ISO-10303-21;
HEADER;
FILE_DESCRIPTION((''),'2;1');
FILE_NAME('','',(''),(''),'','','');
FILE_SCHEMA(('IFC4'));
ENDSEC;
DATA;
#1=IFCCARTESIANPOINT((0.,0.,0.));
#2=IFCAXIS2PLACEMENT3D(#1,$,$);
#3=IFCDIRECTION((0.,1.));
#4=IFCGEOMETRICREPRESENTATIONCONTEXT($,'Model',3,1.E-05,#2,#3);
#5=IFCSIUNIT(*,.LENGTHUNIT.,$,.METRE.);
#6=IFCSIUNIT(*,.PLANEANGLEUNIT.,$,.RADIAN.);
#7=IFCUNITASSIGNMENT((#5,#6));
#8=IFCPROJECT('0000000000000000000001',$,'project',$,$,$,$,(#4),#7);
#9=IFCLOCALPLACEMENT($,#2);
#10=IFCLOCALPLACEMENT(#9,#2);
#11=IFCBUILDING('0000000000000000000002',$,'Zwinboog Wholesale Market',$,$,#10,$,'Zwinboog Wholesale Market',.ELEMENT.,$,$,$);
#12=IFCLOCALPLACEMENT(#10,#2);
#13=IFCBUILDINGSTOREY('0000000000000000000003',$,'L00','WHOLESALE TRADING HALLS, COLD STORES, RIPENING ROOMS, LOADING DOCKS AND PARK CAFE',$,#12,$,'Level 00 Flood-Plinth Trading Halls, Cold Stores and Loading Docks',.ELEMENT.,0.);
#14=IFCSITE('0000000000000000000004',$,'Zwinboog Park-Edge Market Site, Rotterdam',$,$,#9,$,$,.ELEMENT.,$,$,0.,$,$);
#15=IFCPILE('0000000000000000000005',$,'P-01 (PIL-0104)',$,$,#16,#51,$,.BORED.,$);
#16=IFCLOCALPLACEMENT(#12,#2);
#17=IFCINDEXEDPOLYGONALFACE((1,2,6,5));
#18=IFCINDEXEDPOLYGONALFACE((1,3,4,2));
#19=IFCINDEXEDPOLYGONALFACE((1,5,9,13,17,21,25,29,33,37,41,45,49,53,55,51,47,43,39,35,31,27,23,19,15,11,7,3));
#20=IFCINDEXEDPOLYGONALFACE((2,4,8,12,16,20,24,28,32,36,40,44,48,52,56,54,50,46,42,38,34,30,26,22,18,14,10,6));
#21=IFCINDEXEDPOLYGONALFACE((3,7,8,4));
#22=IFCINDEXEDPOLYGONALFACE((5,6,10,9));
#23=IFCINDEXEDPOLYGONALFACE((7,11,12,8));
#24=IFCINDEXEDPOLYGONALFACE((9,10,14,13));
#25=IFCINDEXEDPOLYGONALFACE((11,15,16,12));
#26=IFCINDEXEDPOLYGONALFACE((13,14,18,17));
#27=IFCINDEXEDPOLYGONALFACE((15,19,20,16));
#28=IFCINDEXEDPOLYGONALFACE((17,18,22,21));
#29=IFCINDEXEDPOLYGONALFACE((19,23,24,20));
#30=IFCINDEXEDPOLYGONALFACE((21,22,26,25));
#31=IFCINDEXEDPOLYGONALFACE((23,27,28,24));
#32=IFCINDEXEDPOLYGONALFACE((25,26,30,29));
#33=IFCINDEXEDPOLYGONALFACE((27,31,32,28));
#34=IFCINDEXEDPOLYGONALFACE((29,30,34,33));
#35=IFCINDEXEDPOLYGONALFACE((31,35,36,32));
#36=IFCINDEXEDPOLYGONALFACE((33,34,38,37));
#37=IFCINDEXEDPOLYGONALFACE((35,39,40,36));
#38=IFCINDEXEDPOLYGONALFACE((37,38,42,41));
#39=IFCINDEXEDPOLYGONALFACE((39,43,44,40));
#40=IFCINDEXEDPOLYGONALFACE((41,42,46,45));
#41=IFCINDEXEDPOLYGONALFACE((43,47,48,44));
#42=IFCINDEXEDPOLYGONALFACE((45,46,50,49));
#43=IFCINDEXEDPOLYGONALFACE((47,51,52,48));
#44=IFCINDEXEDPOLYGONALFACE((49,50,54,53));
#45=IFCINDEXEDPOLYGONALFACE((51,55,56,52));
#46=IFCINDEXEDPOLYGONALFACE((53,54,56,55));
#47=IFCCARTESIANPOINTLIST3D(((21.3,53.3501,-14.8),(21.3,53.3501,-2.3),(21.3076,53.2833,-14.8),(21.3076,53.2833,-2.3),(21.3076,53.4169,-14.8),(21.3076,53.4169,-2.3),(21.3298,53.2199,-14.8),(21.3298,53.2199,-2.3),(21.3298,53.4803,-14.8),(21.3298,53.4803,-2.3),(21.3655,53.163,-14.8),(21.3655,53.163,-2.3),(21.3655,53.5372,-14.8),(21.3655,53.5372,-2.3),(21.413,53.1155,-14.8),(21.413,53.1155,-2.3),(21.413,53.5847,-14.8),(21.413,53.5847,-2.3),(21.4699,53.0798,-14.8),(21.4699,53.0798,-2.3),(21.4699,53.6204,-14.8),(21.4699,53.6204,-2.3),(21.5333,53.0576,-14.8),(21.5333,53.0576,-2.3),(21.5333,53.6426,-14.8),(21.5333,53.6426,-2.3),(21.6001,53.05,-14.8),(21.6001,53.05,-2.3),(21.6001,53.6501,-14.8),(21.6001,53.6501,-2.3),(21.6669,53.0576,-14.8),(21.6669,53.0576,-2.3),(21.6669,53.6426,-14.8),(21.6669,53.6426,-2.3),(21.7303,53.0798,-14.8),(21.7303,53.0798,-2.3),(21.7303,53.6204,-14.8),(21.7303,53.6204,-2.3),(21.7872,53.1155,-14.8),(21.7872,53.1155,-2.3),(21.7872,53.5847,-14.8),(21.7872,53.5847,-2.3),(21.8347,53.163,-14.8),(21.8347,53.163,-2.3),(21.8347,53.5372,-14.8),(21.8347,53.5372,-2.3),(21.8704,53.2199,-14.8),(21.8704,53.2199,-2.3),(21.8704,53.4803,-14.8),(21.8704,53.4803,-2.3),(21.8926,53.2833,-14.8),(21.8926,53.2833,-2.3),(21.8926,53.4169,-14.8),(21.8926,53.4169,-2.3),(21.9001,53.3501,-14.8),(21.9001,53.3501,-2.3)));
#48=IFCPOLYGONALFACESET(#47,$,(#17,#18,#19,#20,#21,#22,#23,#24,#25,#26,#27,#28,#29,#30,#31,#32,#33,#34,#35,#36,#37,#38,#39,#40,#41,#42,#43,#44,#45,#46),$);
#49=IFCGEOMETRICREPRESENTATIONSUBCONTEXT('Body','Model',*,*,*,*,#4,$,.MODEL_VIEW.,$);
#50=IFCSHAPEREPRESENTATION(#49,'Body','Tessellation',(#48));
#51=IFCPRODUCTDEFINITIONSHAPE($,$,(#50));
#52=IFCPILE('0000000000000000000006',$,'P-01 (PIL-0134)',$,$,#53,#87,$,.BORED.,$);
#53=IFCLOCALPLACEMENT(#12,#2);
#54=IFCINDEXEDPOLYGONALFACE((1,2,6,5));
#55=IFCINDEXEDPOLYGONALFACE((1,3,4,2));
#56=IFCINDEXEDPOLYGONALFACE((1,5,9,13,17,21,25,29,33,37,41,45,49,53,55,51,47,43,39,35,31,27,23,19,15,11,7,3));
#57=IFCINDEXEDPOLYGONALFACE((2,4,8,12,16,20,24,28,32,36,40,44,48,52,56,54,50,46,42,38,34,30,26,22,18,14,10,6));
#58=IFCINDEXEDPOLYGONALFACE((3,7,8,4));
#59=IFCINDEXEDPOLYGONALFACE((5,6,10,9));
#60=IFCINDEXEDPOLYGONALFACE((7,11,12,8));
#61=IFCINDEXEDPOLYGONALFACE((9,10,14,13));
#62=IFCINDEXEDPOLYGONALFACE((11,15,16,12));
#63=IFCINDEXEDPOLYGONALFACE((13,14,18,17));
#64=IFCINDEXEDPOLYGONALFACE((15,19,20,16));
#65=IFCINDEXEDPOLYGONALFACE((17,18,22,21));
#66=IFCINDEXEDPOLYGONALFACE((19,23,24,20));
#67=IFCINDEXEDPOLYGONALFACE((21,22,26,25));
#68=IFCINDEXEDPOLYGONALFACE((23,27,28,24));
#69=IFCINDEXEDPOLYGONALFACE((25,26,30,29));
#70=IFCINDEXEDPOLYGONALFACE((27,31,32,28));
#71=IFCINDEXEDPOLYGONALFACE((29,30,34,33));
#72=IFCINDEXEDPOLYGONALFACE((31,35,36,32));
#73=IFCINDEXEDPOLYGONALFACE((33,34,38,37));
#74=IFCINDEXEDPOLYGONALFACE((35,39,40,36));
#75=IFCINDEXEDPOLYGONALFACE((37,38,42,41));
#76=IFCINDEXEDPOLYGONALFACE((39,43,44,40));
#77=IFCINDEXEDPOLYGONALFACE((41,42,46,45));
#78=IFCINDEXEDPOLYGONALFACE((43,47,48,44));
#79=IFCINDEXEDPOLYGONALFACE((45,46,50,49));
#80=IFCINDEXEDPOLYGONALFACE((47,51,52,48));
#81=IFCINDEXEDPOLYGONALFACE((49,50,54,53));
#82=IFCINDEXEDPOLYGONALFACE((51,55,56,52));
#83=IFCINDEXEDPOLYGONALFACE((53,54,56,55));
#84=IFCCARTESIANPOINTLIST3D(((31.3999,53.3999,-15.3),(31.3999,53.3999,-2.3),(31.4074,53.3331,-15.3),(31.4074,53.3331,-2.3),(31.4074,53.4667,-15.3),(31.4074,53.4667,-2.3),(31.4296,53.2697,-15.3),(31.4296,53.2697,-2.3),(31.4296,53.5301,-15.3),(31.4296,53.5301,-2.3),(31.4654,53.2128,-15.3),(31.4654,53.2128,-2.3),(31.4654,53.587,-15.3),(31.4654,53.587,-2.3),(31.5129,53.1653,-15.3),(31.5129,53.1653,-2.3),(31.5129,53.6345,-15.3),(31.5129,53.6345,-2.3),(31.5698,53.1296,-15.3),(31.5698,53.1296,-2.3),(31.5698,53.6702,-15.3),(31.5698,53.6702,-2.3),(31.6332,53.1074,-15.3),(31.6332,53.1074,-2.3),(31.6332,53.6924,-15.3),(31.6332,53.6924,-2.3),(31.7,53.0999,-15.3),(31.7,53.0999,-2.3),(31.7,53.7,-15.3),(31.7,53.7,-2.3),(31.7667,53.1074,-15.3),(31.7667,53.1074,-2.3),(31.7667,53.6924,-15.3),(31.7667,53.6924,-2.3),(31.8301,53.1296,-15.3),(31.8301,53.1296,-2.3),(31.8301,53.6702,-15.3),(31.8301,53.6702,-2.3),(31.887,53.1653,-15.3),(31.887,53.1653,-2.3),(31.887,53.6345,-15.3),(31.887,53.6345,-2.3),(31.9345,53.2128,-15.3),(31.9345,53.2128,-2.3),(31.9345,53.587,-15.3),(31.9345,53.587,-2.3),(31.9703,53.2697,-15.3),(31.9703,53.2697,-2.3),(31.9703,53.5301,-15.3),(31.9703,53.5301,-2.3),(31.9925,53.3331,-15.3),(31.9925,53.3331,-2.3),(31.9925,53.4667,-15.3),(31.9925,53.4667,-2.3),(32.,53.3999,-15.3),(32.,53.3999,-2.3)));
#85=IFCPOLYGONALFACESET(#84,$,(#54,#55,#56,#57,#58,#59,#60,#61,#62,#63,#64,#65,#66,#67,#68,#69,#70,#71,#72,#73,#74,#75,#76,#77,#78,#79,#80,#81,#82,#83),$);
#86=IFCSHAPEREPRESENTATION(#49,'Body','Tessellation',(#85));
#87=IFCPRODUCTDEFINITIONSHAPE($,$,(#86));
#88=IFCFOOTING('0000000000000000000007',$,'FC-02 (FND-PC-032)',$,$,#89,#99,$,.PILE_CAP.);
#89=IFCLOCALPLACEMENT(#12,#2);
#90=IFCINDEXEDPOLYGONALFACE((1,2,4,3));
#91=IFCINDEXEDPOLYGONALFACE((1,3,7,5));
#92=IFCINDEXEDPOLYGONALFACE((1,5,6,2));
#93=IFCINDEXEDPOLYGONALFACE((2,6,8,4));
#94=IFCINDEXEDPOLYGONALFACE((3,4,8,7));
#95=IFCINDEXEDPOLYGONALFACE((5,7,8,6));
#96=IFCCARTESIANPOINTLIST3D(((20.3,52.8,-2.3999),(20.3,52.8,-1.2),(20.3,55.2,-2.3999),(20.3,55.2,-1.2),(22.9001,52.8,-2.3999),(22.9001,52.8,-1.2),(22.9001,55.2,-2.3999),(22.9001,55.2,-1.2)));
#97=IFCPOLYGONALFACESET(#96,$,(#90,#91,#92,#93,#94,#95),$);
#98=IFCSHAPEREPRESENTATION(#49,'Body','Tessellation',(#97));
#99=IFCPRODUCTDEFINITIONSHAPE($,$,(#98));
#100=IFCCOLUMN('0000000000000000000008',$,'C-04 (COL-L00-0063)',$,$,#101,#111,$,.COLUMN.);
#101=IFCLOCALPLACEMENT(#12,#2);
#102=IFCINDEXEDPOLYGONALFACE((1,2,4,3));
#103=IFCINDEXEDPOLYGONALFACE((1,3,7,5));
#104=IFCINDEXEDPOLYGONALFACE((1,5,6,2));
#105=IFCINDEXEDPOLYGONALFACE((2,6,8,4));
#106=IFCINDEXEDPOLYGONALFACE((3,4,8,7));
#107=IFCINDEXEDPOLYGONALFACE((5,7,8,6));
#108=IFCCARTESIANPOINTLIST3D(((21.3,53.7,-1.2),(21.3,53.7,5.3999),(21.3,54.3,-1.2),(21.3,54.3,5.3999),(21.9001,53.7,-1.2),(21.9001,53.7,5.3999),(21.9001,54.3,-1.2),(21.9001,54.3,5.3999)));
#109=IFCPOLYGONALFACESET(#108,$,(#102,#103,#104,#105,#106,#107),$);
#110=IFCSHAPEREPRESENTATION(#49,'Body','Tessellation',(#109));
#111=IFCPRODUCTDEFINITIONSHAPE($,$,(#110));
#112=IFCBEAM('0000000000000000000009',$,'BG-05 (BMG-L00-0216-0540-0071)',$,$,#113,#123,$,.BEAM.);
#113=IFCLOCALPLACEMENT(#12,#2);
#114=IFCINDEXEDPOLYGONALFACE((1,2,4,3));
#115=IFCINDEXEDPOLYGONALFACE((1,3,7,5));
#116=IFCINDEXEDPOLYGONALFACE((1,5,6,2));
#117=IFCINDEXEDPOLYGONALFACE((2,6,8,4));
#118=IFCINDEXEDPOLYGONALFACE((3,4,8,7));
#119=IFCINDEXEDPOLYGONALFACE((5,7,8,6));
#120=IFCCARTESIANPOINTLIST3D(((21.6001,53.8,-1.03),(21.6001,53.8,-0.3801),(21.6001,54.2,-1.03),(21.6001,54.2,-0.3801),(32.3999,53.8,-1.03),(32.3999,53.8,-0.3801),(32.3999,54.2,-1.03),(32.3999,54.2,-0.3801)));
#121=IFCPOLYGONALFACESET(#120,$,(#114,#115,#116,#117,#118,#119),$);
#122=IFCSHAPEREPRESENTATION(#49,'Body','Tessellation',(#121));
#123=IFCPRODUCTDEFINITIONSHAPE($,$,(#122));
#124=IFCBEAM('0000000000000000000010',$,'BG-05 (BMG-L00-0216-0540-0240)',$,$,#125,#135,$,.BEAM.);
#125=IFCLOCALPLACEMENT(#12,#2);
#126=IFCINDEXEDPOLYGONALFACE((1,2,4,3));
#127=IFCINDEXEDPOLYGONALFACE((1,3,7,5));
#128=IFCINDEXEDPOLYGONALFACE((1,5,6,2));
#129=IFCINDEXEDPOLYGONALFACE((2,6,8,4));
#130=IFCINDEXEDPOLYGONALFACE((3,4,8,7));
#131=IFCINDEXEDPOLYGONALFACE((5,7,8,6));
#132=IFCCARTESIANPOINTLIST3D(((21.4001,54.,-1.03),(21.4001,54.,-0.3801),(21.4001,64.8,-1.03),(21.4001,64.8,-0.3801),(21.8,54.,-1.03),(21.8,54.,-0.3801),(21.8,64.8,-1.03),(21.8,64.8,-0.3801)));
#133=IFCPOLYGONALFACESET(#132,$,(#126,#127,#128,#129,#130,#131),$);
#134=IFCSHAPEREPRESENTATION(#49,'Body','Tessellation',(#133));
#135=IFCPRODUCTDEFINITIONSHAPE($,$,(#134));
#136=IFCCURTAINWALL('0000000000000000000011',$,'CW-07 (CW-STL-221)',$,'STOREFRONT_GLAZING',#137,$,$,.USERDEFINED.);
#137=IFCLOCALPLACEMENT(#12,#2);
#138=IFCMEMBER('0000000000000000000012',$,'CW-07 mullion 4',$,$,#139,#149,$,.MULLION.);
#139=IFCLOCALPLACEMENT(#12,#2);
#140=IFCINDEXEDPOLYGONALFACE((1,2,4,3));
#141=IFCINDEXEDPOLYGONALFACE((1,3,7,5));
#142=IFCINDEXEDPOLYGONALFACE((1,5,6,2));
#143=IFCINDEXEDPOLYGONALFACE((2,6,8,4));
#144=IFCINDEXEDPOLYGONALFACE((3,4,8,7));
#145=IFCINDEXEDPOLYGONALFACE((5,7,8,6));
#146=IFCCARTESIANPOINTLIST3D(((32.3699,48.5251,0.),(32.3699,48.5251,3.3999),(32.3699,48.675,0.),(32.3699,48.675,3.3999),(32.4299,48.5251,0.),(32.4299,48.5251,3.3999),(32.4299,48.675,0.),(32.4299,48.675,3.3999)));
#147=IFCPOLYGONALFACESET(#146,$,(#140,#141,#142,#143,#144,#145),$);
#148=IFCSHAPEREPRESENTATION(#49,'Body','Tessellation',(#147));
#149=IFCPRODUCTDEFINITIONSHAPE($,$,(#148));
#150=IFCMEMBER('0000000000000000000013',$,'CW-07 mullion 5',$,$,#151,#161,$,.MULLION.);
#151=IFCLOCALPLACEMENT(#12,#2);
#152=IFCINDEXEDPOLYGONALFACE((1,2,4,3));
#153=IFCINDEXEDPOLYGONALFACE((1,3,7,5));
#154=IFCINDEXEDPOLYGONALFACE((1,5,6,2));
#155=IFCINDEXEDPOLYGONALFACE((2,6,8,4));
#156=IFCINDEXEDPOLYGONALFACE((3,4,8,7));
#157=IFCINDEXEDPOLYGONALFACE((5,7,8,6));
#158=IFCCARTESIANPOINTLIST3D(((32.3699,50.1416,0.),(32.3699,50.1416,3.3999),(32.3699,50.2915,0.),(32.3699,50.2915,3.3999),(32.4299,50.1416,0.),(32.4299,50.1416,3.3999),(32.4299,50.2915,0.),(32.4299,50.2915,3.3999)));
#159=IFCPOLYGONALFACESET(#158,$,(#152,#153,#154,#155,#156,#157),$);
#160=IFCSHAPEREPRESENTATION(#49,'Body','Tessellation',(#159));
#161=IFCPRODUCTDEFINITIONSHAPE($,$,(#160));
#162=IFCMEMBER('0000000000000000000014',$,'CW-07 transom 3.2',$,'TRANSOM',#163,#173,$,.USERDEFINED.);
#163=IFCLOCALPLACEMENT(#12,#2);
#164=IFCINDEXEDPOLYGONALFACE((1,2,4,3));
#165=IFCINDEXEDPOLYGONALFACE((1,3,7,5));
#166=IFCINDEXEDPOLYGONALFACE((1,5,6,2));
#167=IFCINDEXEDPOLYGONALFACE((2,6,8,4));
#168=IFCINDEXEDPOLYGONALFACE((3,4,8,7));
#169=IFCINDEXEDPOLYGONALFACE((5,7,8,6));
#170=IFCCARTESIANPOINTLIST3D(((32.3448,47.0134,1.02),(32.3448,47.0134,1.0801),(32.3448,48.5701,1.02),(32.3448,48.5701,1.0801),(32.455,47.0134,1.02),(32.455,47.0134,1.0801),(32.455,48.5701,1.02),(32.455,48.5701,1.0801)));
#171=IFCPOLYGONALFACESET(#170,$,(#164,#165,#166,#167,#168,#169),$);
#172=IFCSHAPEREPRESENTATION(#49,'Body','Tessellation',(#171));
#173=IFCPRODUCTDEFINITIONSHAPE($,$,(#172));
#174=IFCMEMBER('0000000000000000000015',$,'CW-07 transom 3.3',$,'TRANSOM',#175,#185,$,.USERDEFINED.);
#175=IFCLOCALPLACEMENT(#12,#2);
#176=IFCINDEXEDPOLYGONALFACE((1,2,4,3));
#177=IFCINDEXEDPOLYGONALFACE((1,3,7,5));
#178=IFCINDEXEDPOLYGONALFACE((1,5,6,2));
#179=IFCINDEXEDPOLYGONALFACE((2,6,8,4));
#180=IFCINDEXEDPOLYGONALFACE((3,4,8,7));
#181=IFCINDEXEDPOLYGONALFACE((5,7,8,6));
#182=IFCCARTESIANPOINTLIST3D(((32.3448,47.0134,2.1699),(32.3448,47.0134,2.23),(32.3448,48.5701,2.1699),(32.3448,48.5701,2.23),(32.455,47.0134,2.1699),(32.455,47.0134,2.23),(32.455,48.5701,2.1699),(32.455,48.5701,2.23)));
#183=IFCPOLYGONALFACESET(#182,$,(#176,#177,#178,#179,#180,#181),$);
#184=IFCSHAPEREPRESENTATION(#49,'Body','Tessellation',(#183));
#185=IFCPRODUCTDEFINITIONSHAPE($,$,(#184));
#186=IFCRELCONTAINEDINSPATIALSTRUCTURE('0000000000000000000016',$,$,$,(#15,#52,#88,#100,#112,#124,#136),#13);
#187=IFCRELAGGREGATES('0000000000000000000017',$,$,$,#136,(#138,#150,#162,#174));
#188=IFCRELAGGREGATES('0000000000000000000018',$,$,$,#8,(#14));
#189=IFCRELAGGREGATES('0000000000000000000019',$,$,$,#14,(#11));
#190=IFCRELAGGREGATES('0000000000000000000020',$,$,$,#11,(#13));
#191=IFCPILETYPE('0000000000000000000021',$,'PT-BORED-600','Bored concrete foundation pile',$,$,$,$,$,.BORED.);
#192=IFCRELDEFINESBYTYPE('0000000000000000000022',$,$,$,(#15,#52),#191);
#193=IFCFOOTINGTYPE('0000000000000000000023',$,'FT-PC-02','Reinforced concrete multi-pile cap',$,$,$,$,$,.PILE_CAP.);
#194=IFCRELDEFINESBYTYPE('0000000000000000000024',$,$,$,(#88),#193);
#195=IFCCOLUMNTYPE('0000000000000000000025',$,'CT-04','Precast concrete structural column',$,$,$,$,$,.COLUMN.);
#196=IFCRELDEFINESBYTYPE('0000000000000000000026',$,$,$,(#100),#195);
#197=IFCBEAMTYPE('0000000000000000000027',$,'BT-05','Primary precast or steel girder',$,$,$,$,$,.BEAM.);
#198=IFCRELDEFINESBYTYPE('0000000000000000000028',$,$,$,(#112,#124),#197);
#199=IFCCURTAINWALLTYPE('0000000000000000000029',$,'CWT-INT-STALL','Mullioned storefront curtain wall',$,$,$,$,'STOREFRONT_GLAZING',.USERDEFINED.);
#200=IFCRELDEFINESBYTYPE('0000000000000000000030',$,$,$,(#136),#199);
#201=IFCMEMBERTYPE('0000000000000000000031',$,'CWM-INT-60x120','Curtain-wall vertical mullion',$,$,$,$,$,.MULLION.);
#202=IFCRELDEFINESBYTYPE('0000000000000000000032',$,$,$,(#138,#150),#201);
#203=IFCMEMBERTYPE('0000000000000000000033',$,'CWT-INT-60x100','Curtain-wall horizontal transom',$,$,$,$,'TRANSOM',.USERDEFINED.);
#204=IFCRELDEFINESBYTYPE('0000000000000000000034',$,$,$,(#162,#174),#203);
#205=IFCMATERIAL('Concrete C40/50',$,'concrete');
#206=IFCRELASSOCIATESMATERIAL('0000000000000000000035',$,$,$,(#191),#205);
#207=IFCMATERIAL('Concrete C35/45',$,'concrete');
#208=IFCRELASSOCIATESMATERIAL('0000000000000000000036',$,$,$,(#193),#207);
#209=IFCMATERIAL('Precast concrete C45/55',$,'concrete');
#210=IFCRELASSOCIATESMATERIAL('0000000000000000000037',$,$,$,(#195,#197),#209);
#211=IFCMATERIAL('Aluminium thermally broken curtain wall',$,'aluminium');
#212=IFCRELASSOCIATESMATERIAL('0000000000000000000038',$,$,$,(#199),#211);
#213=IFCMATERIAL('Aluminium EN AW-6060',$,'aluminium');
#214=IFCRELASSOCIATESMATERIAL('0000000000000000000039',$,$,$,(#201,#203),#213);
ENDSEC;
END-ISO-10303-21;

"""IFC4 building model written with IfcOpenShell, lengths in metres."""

from ifc_helpers import new_model, si_unit, direction, frame, origin, origin_2d, place, context, subcontext, project, spatial, rectangle, circle, extrude, material, material_profile, profile_set, type_object, element, aggregate, save


model = new_model("IFC4")

# Units and contexts
model_context = context("Model", 3, precision=1e-05, world=origin(), true_north=direction((0.0, 1.0)))
body_context = subcontext(model_context, "Body", "Model", "MODEL_VIEW")
ifc_project = project(units=[si_unit("LENGTHUNIT", "METRE"), si_unit("PLANEANGLEUNIT", "RADIAN")], contexts=[model_context])

# Site, building, storey
site_placement = place(None, origin())
site = spatial("IfcSite", under=ifc_project, at=site_placement, Name="Zwinboog Park-Edge Market Site, Rotterdam", CompositionType="ELEMENT", RefElevation=0.0)
building_placement = place(site_placement, origin())
building = spatial("IfcBuilding", under=site, at=building_placement, Name="Zwinboog Wholesale Market", LongName="Zwinboog Wholesale Market", CompositionType="ELEMENT")
storey_placement = place(building_placement, origin())
storey = spatial("IfcBuildingStorey", under=building, at=storey_placement, Name="L00", Description="WHOLESALE TRADING HALLS, COLD STORES, RIPENING ROOMS, LOADING DOCKS AND PARK CAFE", LongName="Level 00 Flood-Plinth Trading Halls, Cold Stores and Loading Docks", CompositionType="ELEMENT", Elevation=0.0)

# Piles
ifc_material_1 = material(Name="Concrete C40/50", Category="concrete")
ifc_material_profile_1 = material_profile(ifc_material_1, circle(Radius=0.3, at=origin_2d()), Name="PILE D600")
ifc_profile_set_1 = profile_set([ifc_material_profile_1], Name="Concrete C40/50")
pile_type = type_object("IfcPileType", Name="PT-BORED-600", Description="Bored concrete foundation pile", PredefinedType="BORED", material=ifc_profile_set_1)
pile_1_placement = place(storey_placement, frame((21.6001, 53.3501, -2.3), z_axis=(0.0, 0.0, -1.0), x_axis=(1.0, 0.0, 0.0)))
element("IfcPile", 1, at=pile_1_placement, inside=storey, type_object=pile_type, Name="P-01 (PIL-0104)", PredefinedType="BORED", context=body_context, shape_type="SweptSolid", body=[
    extrude(circle(Radius=0.3, at=origin_2d()), origin(), (0.0, 0.0, 1.0), 12.5),
])
pile_2_placement = place(storey_placement, frame((31.7, 53.3999, -2.3), z_axis=(0.0, 0.0, -1.0), x_axis=(1.0, 0.0, 0.0)))
element("IfcPile", 2, at=pile_2_placement, inside=storey, type_object=pile_type, Name="P-01 (PIL-0134)", PredefinedType="BORED", context=body_context, shape_type="SweptSolid", body=[
    extrude(circle(Radius=0.3, at=origin_2d()), origin(), (0.0, 0.0, 1.0), 13.0),
])

# Footing
ifc_material_2 = material(Name="Concrete C35/45", Category="concrete")
footing_type = type_object("IfcFootingType", Name="FT-PC-02", Description="Reinforced concrete multi-pile cap", PredefinedType="PILE_CAP", material=ifc_material_2)
footing_placement = place(storey_placement, frame((21.6001, 54.0, -2.3999), z_axis=(0.0, 0.0, 1.0), x_axis=(1.0, 0.0, 0.0)))
element("IfcFooting", 3, at=footing_placement, inside=storey, type_object=footing_type, Name="FC-02 (FND-PC-032)", PredefinedType="PILE_CAP", context=body_context, shape_type="SweptSolid", body=[
    extrude(rectangle(XDim=2.6001, YDim=2.3999, at=origin_2d()), origin(), (0.0, 0.0, 1.0), 1.2),
])

# Column
ifc_material_3 = material(Name="Precast concrete C45/55", Category="concrete")
ifc_material_profile_2 = material_profile(ifc_material_3, rectangle(XDim=0.6001, YDim=0.6001, at=origin_2d()), Name="PC 600x600")
ifc_profile_set_2 = profile_set([ifc_material_profile_2], Name="Precast concrete C45/55")
column_type = type_object("IfcColumnType", Name="CT-04", Description="Precast concrete structural column", PredefinedType="COLUMN", material=ifc_profile_set_2)
column_placement = place(storey_placement, frame((21.6001, 54.0, -1.2), z_axis=(0.0, 0.0, 1.0), x_axis=(1.0, 0.0, 0.0)))
element("IfcColumn", 4, at=column_placement, inside=storey, type_object=column_type, Name="C-04 (COL-L00-0063)", PredefinedType="COLUMN", context=body_context, shape_type="SweptSolid", body=[
    extrude(rectangle(XDim=0.6001, YDim=0.6001, at=origin_2d()), origin(), (0.0, 0.0, 1.0), 6.5999),
])

# Beams
ifc_material_profile_3 = material_profile(ifc_material_3, rectangle(XDim=0.3999, YDim=0.6499, at=origin_2d()), Name="PC 400x650")
ifc_profile_set_3 = profile_set([ifc_material_profile_3], Name="Precast concrete C45/55")
beam_type = type_object("IfcBeamType", Name="BT-05", Description="Primary precast or steel girder", PredefinedType="BEAM", material=ifc_profile_set_3)
beam_1_placement = place(storey_placement, frame((21.6001, 54.0, -0.7051), z_axis=(1.0, 0.0, 0.0), x_axis=(0.0, 1.0, 0.0)))
element("IfcBeam", 5, at=beam_1_placement, inside=storey, type_object=beam_type, Name="BG-05 (BMG-L00-0216-0540-0071)", PredefinedType="BEAM", context=body_context, shape_type="SweptSolid", body=[
    extrude(rectangle(XDim=0.3999, YDim=0.6499, at=origin_2d()), origin(), (0.0, 0.0, 1.0), 10.7998),
])
beam_2_placement = place(storey_placement, frame((21.6001, 54.0, -0.7051), z_axis=(0.0, 1.0, 0.0), x_axis=(-1.0, 0.0, 0.0)))
element("IfcBeam", 6, at=beam_2_placement, inside=storey, type_object=beam_type, Name="BG-05 (BMG-L00-0216-0540-0240)", PredefinedType="BEAM", context=body_context, shape_type="SweptSolid", body=[
    extrude(rectangle(XDim=0.3999, YDim=0.6499, at=origin_2d()), origin(), (0.0, 0.0, 1.0), 10.8),
])

# Curtain wall, members
ifc_material_4 = material(Name="Aluminium thermally broken curtain wall", Category="aluminium")
curtain_wall_type = type_object("IfcCurtainWallType", Name="CWT-INT-STALL", Description="Mullioned storefront curtain wall", ElementType="STOREFRONT_GLAZING", PredefinedType="USERDEFINED", material=ifc_material_4)
curtain_wall_placement = place(storey_placement, origin())
curtain_wall = element("IfcCurtainWall", 7, at=curtain_wall_placement, inside=storey, type_object=curtain_wall_type, Name="CW-07 (CW-STL-221)", ObjectType="STOREFRONT_GLAZING", PredefinedType="USERDEFINED")
ifc_material_5 = material(Name="Aluminium EN AW-6060", Category="aluminium")
ifc_material_profile_4 = material_profile(ifc_material_5, rectangle(XDim=0.0601, YDim=0.1499, at=origin_2d()), Name="AL 60x150")
ifc_profile_set_4 = profile_set([ifc_material_profile_4], Name="Aluminium EN AW-6060")
member_type_1 = type_object("IfcMemberType", Name="CWM-INT-60x120", Description="Curtain-wall vertical mullion", PredefinedType="MULLION", material=ifc_profile_set_4)
member_1_placement = place(storey_placement, frame((32.3999, 48.6001, 0.0), z_axis=(0.0, 0.0, 1.0), x_axis=(-1.0, 0.0, 0.0)))
member_1 = element("IfcMember", 8, at=member_1_placement, type_object=member_type_1, Name="CW-07 mullion 4", PredefinedType="MULLION", context=body_context, shape_type="SweptSolid", body=[
    extrude(rectangle(XDim=0.0601, YDim=0.1499, at=origin_2d()), origin(), (0.0, 0.0, 1.0), 3.3999),
])
member_2_placement = place(storey_placement, frame((32.3999, 50.2166, 0.0), z_axis=(0.0, 0.0, 1.0), x_axis=(-1.0, 0.0, 0.0)))
member_2 = element("IfcMember", 9, at=member_2_placement, type_object=member_type_1, Name="CW-07 mullion 5", PredefinedType="MULLION", context=body_context, shape_type="SweptSolid", body=[
    extrude(rectangle(XDim=0.0601, YDim=0.1499, at=origin_2d()), origin(), (0.0, 0.0, 1.0), 3.3999),
])
ifc_material_profile_5 = material_profile(ifc_material_5, rectangle(XDim=0.1101, YDim=0.0601, at=origin_2d()), Name="AL 60x110")
ifc_profile_set_5 = profile_set([ifc_material_profile_5], Name="Aluminium EN AW-6060")
member_type_2 = type_object("IfcMemberType", Name="CWT-INT-60x100", Description="Curtain-wall horizontal transom", ElementType="TRANSOM", PredefinedType="USERDEFINED", material=ifc_profile_set_5)
member_3_placement = place(storey_placement, frame((32.3999, 47.0134, 1.05), z_axis=(0.0, 1.0, 0.0), x_axis=(-1.0, 0.0, 0.0)))
member_3 = element("IfcMember", 10, at=member_3_placement, type_object=member_type_2, Name="CW-07 transom 3.2", ObjectType="TRANSOM", PredefinedType="USERDEFINED", context=body_context, shape_type="SweptSolid", body=[
    extrude(rectangle(XDim=0.1101, YDim=0.0601, at=origin_2d()), origin(), (0.0, 0.0, 1.0), 1.5566),
])
member_4_placement = place(storey_placement, frame((32.3999, 47.0134, 2.2), z_axis=(0.0, 1.0, 0.0), x_axis=(-1.0, 0.0, 0.0)))
member_4 = element("IfcMember", 11, at=member_4_placement, type_object=member_type_2, Name="CW-07 transom 3.3", ObjectType="TRANSOM", PredefinedType="USERDEFINED", context=body_context, shape_type="SweptSolid", body=[
    extrude(rectangle(XDim=0.1101, YDim=0.0601, at=origin_2d()), origin(), (0.0, 0.0, 1.0), 1.5566),
])
aggregate(curtain_wall, [member_1, member_2, member_3, member_4])

save(model, "model.ifc")
